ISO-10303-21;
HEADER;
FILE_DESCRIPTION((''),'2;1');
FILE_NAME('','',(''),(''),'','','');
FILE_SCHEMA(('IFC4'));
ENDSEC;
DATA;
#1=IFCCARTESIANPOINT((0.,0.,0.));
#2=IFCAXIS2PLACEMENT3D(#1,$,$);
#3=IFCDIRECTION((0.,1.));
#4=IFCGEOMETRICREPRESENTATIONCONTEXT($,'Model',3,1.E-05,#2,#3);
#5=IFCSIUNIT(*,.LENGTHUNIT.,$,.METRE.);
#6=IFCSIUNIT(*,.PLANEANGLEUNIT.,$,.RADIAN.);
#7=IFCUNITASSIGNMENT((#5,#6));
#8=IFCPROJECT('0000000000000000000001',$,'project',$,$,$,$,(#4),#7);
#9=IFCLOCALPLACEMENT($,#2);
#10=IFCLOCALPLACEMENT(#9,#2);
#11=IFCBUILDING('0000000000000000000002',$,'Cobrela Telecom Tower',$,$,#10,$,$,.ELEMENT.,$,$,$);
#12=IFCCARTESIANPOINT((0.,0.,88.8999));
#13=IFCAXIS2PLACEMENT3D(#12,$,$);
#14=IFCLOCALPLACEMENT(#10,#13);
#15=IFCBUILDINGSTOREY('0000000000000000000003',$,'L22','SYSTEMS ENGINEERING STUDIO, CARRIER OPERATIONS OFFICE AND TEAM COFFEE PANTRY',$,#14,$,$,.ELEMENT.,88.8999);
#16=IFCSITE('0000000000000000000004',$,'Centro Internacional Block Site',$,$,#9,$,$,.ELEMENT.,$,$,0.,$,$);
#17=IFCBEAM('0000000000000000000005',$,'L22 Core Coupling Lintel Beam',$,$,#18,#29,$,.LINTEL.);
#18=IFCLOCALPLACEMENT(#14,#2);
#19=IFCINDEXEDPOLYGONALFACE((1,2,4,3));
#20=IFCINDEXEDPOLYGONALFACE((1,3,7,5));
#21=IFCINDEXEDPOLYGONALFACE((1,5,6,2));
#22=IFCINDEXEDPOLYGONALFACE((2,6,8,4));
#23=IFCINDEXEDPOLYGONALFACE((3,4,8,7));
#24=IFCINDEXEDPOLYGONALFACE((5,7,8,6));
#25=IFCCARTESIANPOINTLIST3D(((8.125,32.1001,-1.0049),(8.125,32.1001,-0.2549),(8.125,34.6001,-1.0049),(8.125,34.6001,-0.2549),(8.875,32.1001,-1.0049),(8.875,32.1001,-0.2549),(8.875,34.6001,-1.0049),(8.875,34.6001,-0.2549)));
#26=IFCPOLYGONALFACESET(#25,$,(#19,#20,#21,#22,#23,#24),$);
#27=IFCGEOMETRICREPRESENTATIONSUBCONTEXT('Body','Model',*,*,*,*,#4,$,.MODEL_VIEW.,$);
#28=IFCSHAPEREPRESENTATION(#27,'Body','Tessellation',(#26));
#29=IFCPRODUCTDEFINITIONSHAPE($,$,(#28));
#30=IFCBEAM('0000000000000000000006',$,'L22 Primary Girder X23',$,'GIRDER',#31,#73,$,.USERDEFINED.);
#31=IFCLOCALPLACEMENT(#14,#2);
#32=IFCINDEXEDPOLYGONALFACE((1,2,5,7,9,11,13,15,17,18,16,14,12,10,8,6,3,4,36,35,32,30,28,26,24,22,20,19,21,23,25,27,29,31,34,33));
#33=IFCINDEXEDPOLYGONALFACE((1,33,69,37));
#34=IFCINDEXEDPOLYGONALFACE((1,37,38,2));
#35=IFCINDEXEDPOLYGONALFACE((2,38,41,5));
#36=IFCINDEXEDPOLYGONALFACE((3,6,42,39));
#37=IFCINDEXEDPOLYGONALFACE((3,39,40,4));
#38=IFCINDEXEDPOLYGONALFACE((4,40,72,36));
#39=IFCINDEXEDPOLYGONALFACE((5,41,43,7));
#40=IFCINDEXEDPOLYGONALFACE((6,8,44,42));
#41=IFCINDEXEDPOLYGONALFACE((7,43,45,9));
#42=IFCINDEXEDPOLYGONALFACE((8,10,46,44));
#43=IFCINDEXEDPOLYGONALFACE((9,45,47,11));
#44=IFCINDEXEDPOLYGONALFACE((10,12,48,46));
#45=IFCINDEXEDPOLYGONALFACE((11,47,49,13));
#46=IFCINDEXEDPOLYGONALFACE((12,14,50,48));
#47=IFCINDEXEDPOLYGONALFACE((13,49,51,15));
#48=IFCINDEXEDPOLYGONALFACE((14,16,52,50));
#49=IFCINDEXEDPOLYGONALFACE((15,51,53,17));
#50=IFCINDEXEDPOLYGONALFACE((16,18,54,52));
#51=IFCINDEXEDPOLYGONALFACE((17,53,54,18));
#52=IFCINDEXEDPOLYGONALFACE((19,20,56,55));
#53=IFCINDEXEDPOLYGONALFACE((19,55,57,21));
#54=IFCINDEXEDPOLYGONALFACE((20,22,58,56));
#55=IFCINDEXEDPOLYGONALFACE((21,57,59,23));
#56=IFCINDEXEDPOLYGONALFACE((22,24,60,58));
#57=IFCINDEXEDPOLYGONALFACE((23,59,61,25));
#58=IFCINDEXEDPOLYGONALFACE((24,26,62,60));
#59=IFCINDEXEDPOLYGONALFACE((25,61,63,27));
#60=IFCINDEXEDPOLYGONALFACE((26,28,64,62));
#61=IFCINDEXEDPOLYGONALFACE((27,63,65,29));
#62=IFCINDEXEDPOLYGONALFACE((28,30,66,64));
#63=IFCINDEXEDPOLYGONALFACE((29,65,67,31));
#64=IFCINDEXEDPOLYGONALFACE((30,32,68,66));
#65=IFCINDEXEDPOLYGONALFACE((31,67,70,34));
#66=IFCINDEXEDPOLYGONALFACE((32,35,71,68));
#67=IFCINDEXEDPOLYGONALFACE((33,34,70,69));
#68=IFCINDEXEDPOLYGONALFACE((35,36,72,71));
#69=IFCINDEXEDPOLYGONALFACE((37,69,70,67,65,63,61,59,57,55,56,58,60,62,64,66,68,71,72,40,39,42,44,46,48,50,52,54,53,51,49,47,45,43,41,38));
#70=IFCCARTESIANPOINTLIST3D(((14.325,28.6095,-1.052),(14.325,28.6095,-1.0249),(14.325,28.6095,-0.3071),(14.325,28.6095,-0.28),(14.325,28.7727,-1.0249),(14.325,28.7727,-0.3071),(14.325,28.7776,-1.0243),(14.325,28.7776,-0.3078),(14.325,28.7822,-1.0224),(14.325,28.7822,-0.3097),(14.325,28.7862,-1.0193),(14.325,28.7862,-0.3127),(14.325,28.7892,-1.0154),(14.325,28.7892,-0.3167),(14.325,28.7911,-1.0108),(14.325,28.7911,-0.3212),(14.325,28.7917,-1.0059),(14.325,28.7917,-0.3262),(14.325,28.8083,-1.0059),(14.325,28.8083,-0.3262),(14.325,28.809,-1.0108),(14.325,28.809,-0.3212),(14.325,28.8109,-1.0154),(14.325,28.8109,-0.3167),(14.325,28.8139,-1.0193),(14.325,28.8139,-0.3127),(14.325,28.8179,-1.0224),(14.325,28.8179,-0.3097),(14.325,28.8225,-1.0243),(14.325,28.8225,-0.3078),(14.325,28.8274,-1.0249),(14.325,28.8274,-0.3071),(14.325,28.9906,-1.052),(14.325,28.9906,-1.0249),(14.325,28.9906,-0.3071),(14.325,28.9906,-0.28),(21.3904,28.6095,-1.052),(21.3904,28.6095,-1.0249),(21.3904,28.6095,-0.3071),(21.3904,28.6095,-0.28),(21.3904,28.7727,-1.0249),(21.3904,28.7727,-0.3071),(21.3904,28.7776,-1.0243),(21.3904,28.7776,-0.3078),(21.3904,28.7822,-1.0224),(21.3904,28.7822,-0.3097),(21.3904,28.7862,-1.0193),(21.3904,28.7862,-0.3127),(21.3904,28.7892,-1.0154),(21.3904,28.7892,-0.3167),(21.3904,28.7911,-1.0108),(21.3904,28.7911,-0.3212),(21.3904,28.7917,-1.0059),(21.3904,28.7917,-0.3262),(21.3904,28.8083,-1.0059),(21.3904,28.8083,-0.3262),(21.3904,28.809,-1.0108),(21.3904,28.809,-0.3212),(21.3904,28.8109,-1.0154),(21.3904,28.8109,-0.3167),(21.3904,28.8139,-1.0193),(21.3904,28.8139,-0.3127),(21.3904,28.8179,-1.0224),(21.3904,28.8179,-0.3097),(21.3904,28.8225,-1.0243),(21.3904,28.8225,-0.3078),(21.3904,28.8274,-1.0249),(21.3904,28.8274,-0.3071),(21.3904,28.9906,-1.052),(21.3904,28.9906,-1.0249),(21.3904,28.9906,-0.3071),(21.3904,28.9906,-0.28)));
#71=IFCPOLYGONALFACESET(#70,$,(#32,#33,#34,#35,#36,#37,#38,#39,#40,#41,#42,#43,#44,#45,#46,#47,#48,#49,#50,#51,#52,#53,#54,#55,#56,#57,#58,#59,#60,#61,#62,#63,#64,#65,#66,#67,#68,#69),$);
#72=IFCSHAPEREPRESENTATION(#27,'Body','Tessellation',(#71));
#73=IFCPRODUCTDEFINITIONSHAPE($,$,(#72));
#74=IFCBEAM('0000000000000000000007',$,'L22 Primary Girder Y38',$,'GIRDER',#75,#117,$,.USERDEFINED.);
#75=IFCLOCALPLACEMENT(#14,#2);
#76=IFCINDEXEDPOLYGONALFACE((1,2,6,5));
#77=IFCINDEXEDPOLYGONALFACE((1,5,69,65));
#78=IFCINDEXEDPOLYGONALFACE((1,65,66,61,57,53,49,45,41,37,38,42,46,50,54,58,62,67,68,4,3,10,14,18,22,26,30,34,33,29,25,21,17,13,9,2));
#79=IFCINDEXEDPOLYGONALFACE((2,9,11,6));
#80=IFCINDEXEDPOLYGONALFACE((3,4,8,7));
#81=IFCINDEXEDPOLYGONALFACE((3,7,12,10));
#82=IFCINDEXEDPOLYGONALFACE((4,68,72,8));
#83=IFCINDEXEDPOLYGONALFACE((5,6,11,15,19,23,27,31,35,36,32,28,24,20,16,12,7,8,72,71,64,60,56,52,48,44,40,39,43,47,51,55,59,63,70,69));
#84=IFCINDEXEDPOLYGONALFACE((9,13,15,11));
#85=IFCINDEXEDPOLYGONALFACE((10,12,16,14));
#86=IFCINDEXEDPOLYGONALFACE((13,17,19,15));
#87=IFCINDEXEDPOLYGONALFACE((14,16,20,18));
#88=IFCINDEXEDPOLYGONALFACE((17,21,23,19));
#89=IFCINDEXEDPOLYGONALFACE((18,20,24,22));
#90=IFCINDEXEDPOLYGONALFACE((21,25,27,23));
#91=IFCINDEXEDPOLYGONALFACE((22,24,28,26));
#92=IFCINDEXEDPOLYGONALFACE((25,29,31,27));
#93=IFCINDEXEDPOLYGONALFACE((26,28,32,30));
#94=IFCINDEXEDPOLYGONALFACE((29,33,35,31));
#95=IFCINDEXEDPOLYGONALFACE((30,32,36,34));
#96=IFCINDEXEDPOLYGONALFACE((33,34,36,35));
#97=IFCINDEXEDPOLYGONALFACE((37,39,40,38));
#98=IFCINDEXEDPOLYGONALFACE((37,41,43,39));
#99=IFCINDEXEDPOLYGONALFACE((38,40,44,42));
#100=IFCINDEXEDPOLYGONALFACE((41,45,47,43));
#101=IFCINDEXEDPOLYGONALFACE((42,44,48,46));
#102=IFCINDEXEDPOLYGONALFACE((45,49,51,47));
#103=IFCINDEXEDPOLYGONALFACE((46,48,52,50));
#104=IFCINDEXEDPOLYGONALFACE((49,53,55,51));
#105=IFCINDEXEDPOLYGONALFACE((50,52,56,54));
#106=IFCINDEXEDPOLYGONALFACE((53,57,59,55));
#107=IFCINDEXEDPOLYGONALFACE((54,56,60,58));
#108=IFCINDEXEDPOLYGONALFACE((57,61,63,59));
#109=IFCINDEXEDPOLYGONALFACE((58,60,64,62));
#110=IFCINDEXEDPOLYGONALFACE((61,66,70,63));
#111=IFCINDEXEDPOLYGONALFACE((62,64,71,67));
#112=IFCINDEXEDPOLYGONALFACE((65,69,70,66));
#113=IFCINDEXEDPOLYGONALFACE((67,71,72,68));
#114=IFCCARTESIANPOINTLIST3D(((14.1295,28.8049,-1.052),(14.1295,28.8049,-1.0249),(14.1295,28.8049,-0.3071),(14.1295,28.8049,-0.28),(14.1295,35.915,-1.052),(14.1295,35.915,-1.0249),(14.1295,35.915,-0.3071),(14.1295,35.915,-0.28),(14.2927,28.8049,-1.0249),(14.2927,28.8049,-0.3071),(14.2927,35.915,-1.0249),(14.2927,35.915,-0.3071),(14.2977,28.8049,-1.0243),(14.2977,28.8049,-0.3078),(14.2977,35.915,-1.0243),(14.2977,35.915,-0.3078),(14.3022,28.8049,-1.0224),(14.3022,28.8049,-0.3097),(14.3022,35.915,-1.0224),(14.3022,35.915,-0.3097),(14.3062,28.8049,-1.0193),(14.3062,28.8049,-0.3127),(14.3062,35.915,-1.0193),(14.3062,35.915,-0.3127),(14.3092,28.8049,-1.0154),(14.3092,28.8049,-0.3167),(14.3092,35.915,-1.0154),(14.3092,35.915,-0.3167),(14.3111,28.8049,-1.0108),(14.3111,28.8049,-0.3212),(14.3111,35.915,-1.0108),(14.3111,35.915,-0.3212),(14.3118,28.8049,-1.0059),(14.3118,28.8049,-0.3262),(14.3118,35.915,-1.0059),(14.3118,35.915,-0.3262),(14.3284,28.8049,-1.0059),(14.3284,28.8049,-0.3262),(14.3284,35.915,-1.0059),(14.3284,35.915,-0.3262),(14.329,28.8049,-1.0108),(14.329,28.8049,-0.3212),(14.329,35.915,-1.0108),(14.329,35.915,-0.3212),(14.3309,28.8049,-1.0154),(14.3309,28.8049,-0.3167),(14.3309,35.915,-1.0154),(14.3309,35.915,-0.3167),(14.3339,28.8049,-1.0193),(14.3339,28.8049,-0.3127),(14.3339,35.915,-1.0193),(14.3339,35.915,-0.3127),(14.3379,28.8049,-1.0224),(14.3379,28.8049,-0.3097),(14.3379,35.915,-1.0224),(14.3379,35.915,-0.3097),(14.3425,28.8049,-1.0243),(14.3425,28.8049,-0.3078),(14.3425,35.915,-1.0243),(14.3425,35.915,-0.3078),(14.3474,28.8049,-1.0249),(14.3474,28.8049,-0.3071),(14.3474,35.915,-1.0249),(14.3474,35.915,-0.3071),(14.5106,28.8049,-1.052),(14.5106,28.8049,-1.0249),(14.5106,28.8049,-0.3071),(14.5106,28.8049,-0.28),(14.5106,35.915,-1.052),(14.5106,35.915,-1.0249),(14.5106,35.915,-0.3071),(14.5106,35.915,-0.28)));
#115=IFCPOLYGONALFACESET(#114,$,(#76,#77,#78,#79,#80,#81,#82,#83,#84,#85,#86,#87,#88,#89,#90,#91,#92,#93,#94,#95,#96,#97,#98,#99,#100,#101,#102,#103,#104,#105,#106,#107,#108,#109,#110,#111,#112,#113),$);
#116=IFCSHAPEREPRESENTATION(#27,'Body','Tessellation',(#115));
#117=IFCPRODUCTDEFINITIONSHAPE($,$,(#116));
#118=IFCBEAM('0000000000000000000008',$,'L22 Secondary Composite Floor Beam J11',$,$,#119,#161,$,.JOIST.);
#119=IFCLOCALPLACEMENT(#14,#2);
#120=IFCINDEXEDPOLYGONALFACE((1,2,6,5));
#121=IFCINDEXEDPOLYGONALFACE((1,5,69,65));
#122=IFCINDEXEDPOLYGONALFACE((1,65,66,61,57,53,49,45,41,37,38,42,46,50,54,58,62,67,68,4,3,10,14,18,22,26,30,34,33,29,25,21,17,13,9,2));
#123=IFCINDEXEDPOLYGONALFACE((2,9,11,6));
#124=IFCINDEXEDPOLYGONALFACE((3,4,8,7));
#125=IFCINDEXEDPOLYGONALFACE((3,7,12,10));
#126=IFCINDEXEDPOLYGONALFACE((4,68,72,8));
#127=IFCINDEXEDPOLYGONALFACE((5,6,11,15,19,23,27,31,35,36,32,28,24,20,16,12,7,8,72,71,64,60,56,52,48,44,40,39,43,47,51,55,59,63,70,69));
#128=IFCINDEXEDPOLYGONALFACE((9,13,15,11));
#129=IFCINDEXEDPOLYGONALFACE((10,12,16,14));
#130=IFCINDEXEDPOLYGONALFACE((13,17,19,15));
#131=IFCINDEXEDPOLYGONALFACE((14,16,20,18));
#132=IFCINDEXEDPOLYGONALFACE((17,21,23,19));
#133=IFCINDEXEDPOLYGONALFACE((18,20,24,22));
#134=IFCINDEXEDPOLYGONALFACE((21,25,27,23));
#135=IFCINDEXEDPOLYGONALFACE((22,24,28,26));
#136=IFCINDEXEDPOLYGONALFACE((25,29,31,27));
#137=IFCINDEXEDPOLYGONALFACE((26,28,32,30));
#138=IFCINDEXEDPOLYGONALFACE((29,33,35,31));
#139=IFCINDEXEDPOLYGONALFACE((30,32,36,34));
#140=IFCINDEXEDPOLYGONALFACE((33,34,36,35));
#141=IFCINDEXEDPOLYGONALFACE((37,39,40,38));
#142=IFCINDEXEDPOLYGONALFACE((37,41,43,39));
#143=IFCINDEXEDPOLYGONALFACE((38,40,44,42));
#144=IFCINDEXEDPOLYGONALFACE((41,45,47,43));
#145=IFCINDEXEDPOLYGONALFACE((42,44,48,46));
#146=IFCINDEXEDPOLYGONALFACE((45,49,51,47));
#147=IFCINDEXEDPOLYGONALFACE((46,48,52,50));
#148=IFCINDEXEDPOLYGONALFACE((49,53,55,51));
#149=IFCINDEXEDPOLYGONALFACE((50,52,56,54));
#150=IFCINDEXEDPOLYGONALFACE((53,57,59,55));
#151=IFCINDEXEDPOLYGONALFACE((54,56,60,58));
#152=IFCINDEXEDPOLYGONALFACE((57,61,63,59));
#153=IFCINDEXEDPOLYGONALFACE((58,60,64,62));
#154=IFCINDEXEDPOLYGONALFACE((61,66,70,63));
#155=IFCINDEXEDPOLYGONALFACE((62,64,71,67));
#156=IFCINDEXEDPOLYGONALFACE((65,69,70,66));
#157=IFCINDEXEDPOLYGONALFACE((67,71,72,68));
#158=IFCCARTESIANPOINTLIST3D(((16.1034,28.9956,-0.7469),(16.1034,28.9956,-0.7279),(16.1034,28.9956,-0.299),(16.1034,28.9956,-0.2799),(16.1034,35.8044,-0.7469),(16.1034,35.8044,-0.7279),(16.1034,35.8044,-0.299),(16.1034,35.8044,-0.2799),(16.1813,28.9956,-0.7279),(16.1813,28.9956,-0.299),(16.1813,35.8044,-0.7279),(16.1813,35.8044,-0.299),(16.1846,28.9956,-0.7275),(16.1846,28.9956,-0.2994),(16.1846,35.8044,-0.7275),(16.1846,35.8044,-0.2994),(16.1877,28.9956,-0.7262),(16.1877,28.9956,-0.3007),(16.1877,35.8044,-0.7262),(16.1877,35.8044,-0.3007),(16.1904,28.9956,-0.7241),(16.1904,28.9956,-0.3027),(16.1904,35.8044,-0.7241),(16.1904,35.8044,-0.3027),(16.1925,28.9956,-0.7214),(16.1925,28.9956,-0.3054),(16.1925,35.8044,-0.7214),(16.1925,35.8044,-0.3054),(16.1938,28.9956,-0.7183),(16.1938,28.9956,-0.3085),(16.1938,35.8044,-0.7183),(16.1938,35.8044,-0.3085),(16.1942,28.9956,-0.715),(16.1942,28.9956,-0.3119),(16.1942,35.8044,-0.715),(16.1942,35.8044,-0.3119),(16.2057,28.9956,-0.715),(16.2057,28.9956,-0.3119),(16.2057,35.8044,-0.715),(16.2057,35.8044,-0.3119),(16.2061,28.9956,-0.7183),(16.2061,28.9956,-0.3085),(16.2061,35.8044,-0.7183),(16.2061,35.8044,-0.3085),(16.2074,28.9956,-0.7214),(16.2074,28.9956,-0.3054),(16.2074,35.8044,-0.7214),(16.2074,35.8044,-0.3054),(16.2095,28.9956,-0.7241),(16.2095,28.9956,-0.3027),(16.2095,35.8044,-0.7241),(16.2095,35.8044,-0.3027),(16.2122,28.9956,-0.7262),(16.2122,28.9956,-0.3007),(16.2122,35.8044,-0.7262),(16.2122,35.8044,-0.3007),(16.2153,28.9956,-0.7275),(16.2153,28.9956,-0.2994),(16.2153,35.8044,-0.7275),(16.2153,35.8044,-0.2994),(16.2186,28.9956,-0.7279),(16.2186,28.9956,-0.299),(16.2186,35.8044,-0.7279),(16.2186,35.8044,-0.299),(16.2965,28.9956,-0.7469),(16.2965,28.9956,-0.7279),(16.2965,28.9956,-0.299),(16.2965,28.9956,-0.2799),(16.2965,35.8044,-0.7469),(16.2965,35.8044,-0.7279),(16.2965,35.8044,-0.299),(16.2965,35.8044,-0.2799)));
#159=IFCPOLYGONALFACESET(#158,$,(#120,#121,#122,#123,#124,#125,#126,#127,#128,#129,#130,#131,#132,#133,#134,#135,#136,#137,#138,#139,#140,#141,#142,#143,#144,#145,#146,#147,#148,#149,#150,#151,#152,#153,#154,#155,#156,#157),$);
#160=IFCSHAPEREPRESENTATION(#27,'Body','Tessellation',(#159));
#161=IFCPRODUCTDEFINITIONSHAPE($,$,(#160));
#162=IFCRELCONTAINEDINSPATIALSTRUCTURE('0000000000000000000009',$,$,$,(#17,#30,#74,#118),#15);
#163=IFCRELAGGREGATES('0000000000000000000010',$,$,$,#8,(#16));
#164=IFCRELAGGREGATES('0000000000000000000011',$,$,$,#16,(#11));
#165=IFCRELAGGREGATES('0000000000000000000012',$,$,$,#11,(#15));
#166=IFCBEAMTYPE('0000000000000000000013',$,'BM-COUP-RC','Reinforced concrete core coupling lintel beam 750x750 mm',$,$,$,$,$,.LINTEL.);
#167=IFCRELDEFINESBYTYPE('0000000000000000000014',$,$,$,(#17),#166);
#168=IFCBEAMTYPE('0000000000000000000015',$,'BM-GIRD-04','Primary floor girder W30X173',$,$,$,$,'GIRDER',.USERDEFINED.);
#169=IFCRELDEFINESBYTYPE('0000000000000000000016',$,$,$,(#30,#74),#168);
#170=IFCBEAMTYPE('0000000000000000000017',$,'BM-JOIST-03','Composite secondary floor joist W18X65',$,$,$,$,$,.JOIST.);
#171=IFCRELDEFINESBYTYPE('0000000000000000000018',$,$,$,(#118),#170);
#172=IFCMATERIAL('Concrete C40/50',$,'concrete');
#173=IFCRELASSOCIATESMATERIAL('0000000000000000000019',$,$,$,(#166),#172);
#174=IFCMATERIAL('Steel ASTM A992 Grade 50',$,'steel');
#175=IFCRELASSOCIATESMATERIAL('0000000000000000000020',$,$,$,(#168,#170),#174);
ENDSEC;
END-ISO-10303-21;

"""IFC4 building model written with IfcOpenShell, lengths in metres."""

from ifc_helpers import new_model, si_unit, direction, frame, origin, origin_2d, place, context, subcontext, project, spatial, rectangle, i_section, extrude, material, material_profile, profile_set, type_object, element, save


model = new_model("IFC4")

# Units and contexts
model_context = context("Model", 3, precision=1e-05, world=origin(), true_north=direction((0.0, 1.0)))
body_context = subcontext(model_context, "Body", "Model", "MODEL_VIEW")
ifc_project = project(units=[si_unit("LENGTHUNIT", "METRE"), si_unit("PLANEANGLEUNIT", "RADIAN")], contexts=[model_context])

# Site, building, storey
site_placement = place(None, origin())
site = spatial("IfcSite", under=ifc_project, at=site_placement, Name="Centro Internacional Block Site", CompositionType="ELEMENT", RefElevation=0.0)
building_placement = place(site_placement, origin())
building = spatial("IfcBuilding", under=site, at=building_placement, Name="Cobrela Telecom Tower", CompositionType="ELEMENT")
storey_placement = place(building_placement, frame((0.0, 0.0, 88.8999)))
storey = spatial("IfcBuildingStorey", under=building, at=storey_placement, Name="L22", Description="SYSTEMS ENGINEERING STUDIO, CARRIER OPERATIONS OFFICE AND TEAM COFFEE PANTRY", CompositionType="ELEMENT", Elevation=88.8999)

# Beams
ifc_material_1 = material(Name="Concrete C40/50", Category="concrete")
ifc_material_profile_1 = material_profile(ifc_material_1, rectangle(XDim=0.75, YDim=0.75, at=origin_2d()), Name="RC 750x750")
ifc_profile_set_1 = profile_set([ifc_material_profile_1], Name="Concrete C40/50")
beam_type_1 = type_object("IfcBeamType", Name="BM-COUP-RC", Description="Reinforced concrete core coupling lintel beam 750x750 mm", PredefinedType="LINTEL", material=ifc_profile_set_1)
beam_1_placement = place(storey_placement, frame((8.5, 32.1001, -0.6299), z_axis=(0.0, 1.0, 0.0), x_axis=(-1.0, 0.0, 0.0)))
element("IfcBeam", 1, at=beam_1_placement, inside=storey, type_object=beam_type_1, Name="L22 Core Coupling Lintel Beam", PredefinedType="LINTEL", context=body_context, shape_type="SweptSolid", body=[
    extrude(rectangle(XDim=0.75, YDim=0.75, at=origin_2d()), origin(), (0.0, 0.0, 1.0), 2.5),
])
ifc_material_2 = material(Name="Steel ASTM A992 Grade 50", Category="steel")
ifc_material_profile_2 = material_profile(ifc_material_2, i_section(OverallWidth=0.3811, OverallDepth=0.772, WebThickness=0.0166, FlangeThickness=0.0271, FilletRadius=0.019, at=origin_2d()), Name="W30X173")
ifc_profile_set_2 = profile_set([ifc_material_profile_2], Name="Steel ASTM A992 Grade 50")
beam_type_2 = type_object("IfcBeamType", Name="BM-GIRD-04", Description="Primary floor girder W30X173", ElementType="GIRDER", PredefinedType="USERDEFINED", material=ifc_profile_set_2)
beam_2_placement = place(storey_placement, frame((14.325, 28.8, -0.666), z_axis=(1.0, 0.0, 0.0), x_axis=(0.0, 1.0, 0.0)))
element("IfcBeam", 2, at=beam_2_placement, inside=storey, type_object=beam_type_2, Name="L22 Primary Girder X23", ObjectType="GIRDER", PredefinedType="USERDEFINED", context=body_context, shape_type="SweptSolid", body=[
    extrude(i_section(OverallWidth=0.3811, OverallDepth=0.772, WebThickness=0.0166, FlangeThickness=0.0271, FilletRadius=0.019, at=origin_2d()), origin(), (0.0, 0.0, 1.0), 7.0654),
])
beam_3_placement = place(storey_placement, frame((14.3201, 28.8049, -0.666), z_axis=(0.0, 1.0, 0.0), x_axis=(-1.0, 0.0, 0.0)))
element("IfcBeam", 3, at=beam_3_placement, inside=storey, type_object=beam_type_2, Name="L22 Primary Girder Y38", ObjectType="GIRDER", PredefinedType="USERDEFINED", context=body_context, shape_type="SweptSolid", body=[
    extrude(i_section(OverallWidth=0.3811, OverallDepth=0.772, WebThickness=0.0166, FlangeThickness=0.0271, FilletRadius=0.019, at=origin_2d()), origin(), (0.0, 0.0, 1.0), 7.1101),
])
ifc_material_profile_3 = material_profile(ifc_material_2, i_section(OverallWidth=0.1931, OverallDepth=0.467, WebThickness=0.0115, FlangeThickness=0.019, FilletRadius=0.0129, at=origin_2d()), Name="W18X65")
ifc_profile_set_3 = profile_set([ifc_material_profile_3], Name="Steel ASTM A992 Grade 50")
beam_type_3 = type_object("IfcBeamType", Name="BM-JOIST-03", Description="Composite secondary floor joist W18X65", PredefinedType="JOIST", material=ifc_profile_set_3)
for number, where, z_axis, x_axis, name in (
    (4, (16.2, 28.9956, -0.5134), (0.0, 1.0, 0.0), (-1.0, 0.0, 0.0), "L22 Secondary Composite Floor Beam J11"),
):
    element("IfcBeam", number, at=place(storey_placement, frame(where, z_axis=z_axis, x_axis=x_axis)), inside=storey, type_object=beam_type_3, Name=name, PredefinedType="JOIST", context=body_context, shape_type="SweptSolid", body=[
        extrude(i_section(OverallWidth=0.1931, OverallDepth=0.467, WebThickness=0.0115, FlangeThickness=0.019, FilletRadius=0.0129, at=origin_2d()), origin(), (0.0, 0.0, 1.0), 6.8088),
    ])

save(model, "model.ifc")
